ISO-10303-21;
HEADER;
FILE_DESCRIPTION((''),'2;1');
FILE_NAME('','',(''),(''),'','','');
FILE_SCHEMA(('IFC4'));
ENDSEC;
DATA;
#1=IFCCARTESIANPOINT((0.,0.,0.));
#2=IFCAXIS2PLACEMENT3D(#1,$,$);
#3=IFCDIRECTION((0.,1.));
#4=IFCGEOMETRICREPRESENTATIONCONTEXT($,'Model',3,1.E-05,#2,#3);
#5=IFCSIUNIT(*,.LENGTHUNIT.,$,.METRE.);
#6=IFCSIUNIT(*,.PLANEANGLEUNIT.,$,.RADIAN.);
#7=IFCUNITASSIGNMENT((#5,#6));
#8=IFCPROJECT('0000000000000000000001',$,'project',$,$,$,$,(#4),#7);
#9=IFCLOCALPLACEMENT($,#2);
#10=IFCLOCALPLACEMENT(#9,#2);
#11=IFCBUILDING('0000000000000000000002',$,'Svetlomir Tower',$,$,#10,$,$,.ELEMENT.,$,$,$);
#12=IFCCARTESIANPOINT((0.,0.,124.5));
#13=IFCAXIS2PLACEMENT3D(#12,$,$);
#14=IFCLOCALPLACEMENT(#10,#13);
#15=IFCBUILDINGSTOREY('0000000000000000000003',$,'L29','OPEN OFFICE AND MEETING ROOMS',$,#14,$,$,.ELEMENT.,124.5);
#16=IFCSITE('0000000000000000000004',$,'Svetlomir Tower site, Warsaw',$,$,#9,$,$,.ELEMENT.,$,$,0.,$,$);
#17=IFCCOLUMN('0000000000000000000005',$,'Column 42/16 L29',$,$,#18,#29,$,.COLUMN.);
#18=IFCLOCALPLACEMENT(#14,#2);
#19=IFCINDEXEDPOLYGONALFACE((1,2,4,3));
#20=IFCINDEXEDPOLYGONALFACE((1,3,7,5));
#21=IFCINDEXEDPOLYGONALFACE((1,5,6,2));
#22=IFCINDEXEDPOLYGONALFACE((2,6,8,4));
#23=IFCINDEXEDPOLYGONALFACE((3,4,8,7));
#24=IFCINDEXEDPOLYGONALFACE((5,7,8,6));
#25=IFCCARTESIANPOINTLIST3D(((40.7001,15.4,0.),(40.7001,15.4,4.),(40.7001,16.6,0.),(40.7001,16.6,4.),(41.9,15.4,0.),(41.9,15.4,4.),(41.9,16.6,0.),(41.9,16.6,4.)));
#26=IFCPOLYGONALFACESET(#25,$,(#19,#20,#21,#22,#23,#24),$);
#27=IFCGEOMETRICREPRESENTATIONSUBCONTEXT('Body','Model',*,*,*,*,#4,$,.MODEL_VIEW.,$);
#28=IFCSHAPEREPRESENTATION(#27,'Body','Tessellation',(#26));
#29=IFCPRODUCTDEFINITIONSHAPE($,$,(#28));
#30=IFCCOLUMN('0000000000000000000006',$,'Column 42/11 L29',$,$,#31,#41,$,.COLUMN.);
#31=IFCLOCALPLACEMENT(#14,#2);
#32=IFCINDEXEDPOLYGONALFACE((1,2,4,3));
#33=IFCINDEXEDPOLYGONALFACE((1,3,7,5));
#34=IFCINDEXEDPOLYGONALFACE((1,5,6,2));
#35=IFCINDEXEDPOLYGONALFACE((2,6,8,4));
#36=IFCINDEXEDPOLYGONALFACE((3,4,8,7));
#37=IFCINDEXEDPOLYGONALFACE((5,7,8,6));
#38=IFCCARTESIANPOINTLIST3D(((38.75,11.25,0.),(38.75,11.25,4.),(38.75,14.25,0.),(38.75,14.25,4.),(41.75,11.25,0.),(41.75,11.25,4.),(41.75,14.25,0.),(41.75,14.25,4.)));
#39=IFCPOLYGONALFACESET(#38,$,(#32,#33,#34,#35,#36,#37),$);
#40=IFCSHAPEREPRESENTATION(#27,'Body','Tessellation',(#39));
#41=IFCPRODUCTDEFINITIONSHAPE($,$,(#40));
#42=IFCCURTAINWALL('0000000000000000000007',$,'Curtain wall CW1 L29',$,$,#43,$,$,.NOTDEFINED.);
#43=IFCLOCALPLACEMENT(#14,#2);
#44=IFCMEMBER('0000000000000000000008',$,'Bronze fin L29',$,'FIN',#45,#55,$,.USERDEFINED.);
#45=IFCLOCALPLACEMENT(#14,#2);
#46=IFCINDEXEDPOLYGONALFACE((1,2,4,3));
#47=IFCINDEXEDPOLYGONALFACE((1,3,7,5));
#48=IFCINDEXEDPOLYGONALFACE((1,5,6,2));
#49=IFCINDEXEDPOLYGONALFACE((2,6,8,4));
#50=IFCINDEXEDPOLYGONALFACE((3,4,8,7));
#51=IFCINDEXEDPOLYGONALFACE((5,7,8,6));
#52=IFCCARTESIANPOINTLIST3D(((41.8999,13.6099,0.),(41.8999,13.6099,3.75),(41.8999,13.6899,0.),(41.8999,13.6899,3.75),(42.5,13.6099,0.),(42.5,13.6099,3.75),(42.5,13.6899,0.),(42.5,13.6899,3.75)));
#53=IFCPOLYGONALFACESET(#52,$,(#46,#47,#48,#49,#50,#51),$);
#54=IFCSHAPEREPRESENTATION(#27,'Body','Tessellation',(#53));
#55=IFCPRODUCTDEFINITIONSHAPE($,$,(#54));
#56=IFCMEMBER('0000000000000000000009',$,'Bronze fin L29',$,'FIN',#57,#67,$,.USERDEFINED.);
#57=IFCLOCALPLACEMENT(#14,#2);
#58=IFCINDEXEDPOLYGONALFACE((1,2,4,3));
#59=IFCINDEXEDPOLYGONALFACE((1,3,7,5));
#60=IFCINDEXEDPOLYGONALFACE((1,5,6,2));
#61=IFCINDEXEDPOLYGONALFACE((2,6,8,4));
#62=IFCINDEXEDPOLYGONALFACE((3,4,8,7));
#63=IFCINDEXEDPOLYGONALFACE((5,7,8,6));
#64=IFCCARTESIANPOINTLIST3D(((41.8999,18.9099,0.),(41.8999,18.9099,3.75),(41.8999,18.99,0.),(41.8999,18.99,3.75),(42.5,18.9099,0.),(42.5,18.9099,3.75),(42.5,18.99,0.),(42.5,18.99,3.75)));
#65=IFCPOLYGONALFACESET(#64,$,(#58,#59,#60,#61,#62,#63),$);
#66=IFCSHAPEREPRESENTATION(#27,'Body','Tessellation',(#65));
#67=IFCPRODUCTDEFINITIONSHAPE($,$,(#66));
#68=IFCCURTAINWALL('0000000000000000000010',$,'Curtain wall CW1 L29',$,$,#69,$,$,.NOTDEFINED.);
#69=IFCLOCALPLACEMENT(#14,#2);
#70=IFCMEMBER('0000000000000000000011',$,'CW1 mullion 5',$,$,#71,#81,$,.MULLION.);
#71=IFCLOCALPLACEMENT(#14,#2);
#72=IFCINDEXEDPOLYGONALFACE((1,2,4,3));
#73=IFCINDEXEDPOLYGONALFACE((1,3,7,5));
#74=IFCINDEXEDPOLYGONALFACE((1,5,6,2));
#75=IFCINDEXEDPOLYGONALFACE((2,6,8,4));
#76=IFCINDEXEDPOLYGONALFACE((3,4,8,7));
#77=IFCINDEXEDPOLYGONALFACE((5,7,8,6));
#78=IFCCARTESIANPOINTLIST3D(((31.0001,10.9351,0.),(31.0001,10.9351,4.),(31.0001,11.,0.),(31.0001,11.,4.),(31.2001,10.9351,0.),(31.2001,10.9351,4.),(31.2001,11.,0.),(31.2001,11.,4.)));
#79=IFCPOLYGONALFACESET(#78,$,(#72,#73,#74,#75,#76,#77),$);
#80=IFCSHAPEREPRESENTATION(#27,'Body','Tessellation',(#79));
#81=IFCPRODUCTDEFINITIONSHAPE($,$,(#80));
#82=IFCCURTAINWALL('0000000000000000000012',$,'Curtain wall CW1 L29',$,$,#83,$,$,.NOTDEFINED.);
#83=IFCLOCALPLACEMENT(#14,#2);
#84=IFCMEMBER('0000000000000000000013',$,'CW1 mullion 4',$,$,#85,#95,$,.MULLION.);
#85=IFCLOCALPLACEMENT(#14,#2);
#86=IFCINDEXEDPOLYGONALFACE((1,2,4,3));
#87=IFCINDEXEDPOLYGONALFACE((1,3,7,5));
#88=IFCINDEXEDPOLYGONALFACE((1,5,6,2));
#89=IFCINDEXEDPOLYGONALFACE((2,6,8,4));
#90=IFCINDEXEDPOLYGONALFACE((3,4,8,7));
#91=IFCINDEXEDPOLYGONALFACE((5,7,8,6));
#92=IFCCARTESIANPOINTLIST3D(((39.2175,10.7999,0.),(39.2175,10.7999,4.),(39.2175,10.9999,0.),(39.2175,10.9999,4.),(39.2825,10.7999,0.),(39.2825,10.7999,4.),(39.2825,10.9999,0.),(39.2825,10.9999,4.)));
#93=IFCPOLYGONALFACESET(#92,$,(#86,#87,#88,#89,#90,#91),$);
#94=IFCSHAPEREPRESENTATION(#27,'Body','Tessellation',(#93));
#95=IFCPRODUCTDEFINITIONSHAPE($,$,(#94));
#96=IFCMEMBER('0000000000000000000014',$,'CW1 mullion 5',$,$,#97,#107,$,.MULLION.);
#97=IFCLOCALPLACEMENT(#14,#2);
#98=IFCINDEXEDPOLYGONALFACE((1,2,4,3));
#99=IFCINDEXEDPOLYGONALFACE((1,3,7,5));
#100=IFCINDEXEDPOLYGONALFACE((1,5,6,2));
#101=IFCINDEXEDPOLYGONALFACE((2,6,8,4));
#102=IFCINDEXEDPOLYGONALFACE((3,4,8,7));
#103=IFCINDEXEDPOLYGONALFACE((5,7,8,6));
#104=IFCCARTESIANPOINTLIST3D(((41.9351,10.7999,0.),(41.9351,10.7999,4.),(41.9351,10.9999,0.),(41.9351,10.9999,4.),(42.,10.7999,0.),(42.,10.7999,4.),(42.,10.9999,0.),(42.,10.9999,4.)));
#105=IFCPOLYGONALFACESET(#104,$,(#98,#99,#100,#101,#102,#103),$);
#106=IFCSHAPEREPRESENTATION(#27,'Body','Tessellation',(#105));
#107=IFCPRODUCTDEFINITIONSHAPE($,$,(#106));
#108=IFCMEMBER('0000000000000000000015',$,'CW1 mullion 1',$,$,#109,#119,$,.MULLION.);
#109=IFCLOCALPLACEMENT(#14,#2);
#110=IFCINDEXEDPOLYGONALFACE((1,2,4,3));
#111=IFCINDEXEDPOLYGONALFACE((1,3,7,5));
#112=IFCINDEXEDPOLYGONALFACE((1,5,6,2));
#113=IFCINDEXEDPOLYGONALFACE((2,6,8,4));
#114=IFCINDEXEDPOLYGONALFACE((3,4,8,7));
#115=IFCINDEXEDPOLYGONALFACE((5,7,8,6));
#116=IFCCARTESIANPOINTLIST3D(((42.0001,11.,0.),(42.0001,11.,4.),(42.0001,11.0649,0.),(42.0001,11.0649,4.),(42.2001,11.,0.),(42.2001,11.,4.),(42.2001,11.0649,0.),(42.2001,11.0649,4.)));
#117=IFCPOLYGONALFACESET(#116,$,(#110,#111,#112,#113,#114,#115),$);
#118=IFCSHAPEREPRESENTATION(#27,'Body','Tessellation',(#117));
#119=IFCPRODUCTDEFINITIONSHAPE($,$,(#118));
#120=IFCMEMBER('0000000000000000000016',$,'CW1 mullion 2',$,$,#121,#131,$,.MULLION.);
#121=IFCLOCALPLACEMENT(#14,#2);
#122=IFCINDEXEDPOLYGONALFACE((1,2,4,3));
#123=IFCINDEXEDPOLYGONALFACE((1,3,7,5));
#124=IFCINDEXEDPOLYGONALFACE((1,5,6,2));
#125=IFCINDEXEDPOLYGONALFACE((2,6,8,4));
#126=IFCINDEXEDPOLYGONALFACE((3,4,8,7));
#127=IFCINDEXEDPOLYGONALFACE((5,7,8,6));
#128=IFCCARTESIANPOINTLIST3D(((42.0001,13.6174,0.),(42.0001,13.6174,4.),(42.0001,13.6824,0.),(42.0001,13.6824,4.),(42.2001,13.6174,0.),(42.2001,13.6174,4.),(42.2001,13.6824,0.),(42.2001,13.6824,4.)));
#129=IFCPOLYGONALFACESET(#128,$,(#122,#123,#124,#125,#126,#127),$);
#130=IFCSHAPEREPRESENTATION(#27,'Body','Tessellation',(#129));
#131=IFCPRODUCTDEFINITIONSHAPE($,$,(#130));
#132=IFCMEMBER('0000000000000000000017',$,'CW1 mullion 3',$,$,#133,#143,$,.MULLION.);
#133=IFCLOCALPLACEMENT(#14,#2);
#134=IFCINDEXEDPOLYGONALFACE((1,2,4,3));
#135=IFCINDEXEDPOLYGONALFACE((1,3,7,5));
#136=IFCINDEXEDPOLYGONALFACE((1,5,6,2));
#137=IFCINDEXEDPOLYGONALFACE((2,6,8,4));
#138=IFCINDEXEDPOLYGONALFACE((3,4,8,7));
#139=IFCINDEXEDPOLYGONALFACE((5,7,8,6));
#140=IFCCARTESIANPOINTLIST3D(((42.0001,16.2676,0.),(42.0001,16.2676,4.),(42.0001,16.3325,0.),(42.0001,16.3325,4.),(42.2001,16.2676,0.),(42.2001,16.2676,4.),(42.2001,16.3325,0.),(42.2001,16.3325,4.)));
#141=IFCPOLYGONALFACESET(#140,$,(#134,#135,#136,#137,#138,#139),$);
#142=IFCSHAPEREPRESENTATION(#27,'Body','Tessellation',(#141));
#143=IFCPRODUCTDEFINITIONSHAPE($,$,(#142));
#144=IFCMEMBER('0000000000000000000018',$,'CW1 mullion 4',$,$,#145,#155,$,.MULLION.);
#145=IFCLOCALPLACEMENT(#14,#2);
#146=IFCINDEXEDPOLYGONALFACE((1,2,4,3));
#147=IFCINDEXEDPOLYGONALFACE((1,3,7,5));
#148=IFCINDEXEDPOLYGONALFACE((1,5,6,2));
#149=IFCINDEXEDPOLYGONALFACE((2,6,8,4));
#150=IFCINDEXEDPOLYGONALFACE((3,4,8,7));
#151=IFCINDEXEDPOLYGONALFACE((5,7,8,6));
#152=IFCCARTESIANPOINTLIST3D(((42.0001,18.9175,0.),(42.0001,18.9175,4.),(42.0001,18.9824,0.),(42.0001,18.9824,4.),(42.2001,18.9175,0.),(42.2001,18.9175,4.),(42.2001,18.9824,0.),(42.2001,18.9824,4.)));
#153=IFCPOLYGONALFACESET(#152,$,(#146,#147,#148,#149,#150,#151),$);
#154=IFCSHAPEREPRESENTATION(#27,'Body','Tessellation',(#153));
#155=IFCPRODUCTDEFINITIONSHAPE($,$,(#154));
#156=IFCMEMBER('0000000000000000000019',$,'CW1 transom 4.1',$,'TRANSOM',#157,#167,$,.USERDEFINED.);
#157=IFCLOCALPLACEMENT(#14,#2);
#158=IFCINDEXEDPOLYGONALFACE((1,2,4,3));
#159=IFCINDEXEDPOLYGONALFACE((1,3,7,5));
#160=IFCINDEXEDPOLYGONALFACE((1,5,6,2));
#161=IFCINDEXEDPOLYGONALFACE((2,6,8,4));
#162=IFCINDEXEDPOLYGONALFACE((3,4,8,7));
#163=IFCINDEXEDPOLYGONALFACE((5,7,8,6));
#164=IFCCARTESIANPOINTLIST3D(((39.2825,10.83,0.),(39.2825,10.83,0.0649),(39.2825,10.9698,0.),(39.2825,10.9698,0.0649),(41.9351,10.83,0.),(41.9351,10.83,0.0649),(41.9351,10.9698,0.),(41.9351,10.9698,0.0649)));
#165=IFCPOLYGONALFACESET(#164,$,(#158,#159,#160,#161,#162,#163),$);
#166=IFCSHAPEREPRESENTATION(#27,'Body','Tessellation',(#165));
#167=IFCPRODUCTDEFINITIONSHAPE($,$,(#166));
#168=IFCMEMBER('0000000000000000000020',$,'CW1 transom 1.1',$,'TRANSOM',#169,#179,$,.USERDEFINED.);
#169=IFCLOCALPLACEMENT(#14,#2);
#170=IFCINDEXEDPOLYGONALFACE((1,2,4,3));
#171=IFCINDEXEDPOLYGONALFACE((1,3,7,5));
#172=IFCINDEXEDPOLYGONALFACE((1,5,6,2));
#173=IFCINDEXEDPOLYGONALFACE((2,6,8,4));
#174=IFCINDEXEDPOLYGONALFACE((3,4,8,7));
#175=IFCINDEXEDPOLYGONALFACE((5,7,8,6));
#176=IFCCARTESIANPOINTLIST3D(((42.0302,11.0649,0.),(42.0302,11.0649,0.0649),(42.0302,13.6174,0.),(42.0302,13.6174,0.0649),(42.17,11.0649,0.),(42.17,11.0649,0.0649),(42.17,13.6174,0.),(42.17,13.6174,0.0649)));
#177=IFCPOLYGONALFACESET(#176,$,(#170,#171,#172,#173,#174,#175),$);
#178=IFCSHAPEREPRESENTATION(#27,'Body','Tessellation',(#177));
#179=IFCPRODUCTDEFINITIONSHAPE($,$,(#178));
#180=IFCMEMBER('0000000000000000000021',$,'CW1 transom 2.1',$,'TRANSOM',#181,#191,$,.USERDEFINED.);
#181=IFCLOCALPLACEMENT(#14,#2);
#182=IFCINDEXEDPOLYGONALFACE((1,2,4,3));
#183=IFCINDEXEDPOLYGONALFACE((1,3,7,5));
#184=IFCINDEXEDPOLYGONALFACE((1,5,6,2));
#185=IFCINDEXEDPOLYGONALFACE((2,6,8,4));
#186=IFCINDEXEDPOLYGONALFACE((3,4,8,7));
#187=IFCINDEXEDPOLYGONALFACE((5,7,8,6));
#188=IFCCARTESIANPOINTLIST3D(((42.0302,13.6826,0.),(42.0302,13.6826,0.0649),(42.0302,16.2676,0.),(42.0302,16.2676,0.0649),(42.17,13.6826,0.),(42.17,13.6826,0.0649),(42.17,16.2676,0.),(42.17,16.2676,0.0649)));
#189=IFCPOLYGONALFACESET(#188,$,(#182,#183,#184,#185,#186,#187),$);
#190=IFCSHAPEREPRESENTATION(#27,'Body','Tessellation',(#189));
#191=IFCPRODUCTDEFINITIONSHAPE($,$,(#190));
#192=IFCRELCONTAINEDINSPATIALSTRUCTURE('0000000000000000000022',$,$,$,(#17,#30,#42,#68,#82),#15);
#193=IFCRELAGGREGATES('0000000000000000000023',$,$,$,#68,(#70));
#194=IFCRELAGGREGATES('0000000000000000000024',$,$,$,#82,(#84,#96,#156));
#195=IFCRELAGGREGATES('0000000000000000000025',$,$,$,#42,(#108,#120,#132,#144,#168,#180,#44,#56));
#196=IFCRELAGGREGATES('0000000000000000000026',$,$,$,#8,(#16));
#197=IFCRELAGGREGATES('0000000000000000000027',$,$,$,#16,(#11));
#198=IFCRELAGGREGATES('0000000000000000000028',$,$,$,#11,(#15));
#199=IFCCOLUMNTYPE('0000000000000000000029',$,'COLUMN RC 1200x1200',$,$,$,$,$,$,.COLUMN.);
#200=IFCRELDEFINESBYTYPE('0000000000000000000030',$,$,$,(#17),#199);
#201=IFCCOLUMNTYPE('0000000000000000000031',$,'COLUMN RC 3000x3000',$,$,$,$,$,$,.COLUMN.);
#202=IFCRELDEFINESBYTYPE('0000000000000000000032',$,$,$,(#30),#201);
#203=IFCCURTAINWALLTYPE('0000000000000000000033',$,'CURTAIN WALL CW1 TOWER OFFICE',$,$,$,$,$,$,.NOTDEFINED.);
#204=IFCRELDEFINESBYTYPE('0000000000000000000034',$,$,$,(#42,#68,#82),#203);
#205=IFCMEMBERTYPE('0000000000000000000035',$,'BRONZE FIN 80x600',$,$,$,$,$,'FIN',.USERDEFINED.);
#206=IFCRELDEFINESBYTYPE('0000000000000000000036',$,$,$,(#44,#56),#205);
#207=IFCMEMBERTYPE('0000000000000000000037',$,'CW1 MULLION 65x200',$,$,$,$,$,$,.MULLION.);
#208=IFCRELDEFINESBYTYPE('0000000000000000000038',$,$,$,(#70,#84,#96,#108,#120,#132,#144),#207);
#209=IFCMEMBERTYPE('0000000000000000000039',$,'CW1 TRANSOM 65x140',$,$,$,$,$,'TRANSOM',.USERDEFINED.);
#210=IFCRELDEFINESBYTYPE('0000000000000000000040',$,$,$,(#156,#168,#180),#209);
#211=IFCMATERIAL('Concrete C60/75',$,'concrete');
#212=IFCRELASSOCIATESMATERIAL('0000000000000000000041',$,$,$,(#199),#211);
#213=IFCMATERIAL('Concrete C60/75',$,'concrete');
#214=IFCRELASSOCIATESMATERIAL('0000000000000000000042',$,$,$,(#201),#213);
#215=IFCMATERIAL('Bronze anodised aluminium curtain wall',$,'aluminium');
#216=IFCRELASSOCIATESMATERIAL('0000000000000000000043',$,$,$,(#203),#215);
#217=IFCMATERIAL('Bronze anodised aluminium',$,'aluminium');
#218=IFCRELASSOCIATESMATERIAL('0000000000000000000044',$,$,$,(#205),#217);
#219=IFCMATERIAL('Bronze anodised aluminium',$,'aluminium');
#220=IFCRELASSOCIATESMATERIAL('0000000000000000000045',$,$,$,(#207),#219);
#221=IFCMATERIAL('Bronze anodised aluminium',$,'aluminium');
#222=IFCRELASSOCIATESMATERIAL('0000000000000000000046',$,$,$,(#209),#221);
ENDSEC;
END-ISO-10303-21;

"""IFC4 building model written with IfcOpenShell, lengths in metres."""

from ifc_helpers import new_model, si_unit, direction, frame, origin, origin_2d, place, context, subcontext, project, spatial, rectangle, extrude, material, material_profile, profile_set, type_object, element, aggregate, save


model = new_model("IFC4")

# Units and contexts
model_context = context("Model", 3, precision=1e-05, world=origin(), true_north=direction((0.0, 1.0)))
body_context = subcontext(model_context, "Body", "Model", "MODEL_VIEW")
ifc_project = project(units=[si_unit("LENGTHUNIT", "METRE"), si_unit("PLANEANGLEUNIT", "RADIAN")], contexts=[model_context])

# Site, building, storey
site_placement = place(None, origin())
site = spatial("IfcSite", under=ifc_project, at=site_placement, Name="Svetlomir Tower site, Warsaw", CompositionType="ELEMENT", RefElevation=0.0)
building_placement = place(site_placement, origin())
building = spatial("IfcBuilding", under=site, at=building_placement, Name="Svetlomir Tower", CompositionType="ELEMENT")
storey_placement = place(building_placement, frame((0.0, 0.0, 124.5)))
storey = spatial("IfcBuildingStorey", under=building, at=storey_placement, Name="L29", Description="OPEN OFFICE AND MEETING ROOMS", CompositionType="ELEMENT", Elevation=124.5)

# Columns
ifc_material_1 = material(Name="Concrete C60/75", Category="concrete")
ifc_material_profile_1 = material_profile(ifc_material_1, rectangle(XDim=1.2, YDim=1.2, at=origin_2d()), Name="RC 1200x1200")
ifc_profile_set_1 = profile_set([ifc_material_profile_1], Name="Concrete C60/75")
column_type_1 = type_object("IfcColumnType", Name="COLUMN RC 1200x1200", PredefinedType="COLUMN", material=ifc_profile_set_1)
column_1_placement = place(storey_placement, frame((41.3, 16.0, 0.0), z_axis=(0.0, 0.0, 1.0), x_axis=(1.0, 0.0, 0.0)))
element("IfcColumn", 1, at=column_1_placement, inside=storey, type_object=column_type_1, Name="Column 42/16 L29", PredefinedType="COLUMN", context=body_context, shape_type="SweptSolid", body=[
    extrude(rectangle(XDim=1.2, YDim=1.2, at=origin_2d()), origin(), (0.0, 0.0, 1.0), 4.0),
])
ifc_material_2 = material(Name="Concrete C60/75", Category="concrete")
ifc_material_profile_2 = material_profile(ifc_material_2, rectangle(XDim=3.0, YDim=3.0, at=origin_2d()), Name="RC 3000x3000")
ifc_profile_set_2 = profile_set([ifc_material_profile_2], Name="Concrete C60/75")
column_type_2 = type_object("IfcColumnType", Name="COLUMN RC 3000x3000", PredefinedType="COLUMN", material=ifc_profile_set_2)
column_2_placement = place(storey_placement, frame((40.25, 12.75, 0.0), z_axis=(0.0, 0.0, 1.0), x_axis=(1.0, 0.0, 0.0)))
element("IfcColumn", 2, at=column_2_placement, inside=storey, type_object=column_type_2, Name="Column 42/11 L29", PredefinedType="COLUMN", context=body_context, shape_type="SweptSolid", body=[
    extrude(rectangle(XDim=3.0, YDim=3.0, at=origin_2d()), origin(), (0.0, 0.0, 1.0), 4.0),
])

# Curtain wall, members
ifc_material_3 = material(Name="Bronze anodised aluminium curtain wall", Category="aluminium")
curtain_wall_type = type_object("IfcCurtainWallType", Name="CURTAIN WALL CW1 TOWER OFFICE", PredefinedType="NOTDEFINED", material=ifc_material_3)
curtain_wall_1_placement = place(storey_placement, origin())
curtain_wall_1 = element("IfcCurtainWall", 3, at=curtain_wall_1_placement, inside=storey, type_object=curtain_wall_type, Name="Curtain wall CW1 L29", PredefinedType="NOTDEFINED")
ifc_material_4 = material(Name="Bronze anodised aluminium", Category="aluminium")
ifc_material_profile_3 = material_profile(ifc_material_4, rectangle(XDim=0.0801, YDim=0.6001, at=origin_2d()), Name="FIN 80x600")
ifc_profile_set_3 = profile_set([ifc_material_profile_3], Name="Bronze anodised aluminium 6063-T6")
member_type_1 = type_object("IfcMemberType", Name="BRONZE FIN 80x600", ElementType="FIN", PredefinedType="USERDEFINED", material=ifc_profile_set_3)
member_1_placement = place(storey_placement, frame((42.2, 13.6499, 0.0), z_axis=(0.0, 0.0, 1.0), x_axis=(0.0, 1.0, 0.0)))
member_1 = element("IfcMember", 4, at=member_1_placement, type_object=member_type_1, Name="Bronze fin L29", ObjectType="FIN", PredefinedType="USERDEFINED", context=body_context, shape_type="SweptSolid", body=[
    extrude(rectangle(XDim=0.0801, YDim=0.6001, at=origin_2d()), origin(), (0.0, 0.0, 1.0), 3.75),
])
member_2_placement = place(storey_placement, frame((42.2, 18.95, 0.0), z_axis=(0.0, 0.0, 1.0), x_axis=(0.0, 1.0, 0.0)))
member_2 = element("IfcMember", 5, at=member_2_placement, type_object=member_type_1, Name="Bronze fin L29", ObjectType="FIN", PredefinedType="USERDEFINED", context=body_context, shape_type="SweptSolid", body=[
    extrude(rectangle(XDim=0.0801, YDim=0.6001, at=origin_2d()), origin(), (0.0, 0.0, 1.0), 3.75),
])

# Curtain wall, member
curtain_wall_2_placement = place(storey_placement, origin())
curtain_wall_2 = element("IfcCurtainWall", 6, at=curtain_wall_2_placement, inside=storey, type_object=curtain_wall_type, Name="Curtain wall CW1 L29", PredefinedType="NOTDEFINED")
ifc_material_5 = material(Name="Bronze anodised aluminium", Category="aluminium")
ifc_material_profile_4 = material_profile(ifc_material_5, rectangle(XDim=0.0649, YDim=0.2, at=origin_2d()), Name="AL 65x200")
ifc_profile_set_4 = profile_set([ifc_material_profile_4], Name="Bronze anodised aluminium 6063-T6")
member_type_2 = type_object("IfcMemberType", Name="CW1 MULLION 65x200", PredefinedType="MULLION", material=ifc_profile_set_4)
member_3_placement = place(storey_placement, frame((31.1001, 10.9675, 0.0), z_axis=(0.0, 0.0, 1.0), x_axis=(0.0, 1.0, 0.0)))
member_3 = element("IfcMember", 7, at=member_3_placement, type_object=member_type_2, Name="CW1 mullion 5", PredefinedType="MULLION", context=body_context, shape_type="SweptSolid", body=[
    extrude(rectangle(XDim=0.0649, YDim=0.2, at=origin_2d()), origin(), (0.0, 0.0, 1.0), 4.0),
])
aggregate(curtain_wall_2, [member_3])

# Curtain wall, members
curtain_wall_3_placement = place(storey_placement, origin())
curtain_wall_3 = element("IfcCurtainWall", 8, at=curtain_wall_3_placement, inside=storey, type_object=curtain_wall_type, Name="Curtain wall CW1 L29", PredefinedType="NOTDEFINED")
member_4_placement = place(storey_placement, frame((39.25, 10.8999, 0.0), z_axis=(0.0, 0.0, 1.0), x_axis=(1.0, 0.0, 0.0)))
member_4 = element("IfcMember", 9, at=member_4_placement, type_object=member_type_2, Name="CW1 mullion 4", PredefinedType="MULLION", context=body_context, shape_type="SweptSolid", body=[
    extrude(rectangle(XDim=0.0649, YDim=0.2, at=origin_2d()), origin(), (0.0, 0.0, 1.0), 4.0),
])
member_5_placement = place(storey_placement, frame((41.9675, 10.8999, 0.0), z_axis=(0.0, 0.0, 1.0), x_axis=(1.0, 0.0, 0.0)))
member_5 = element("IfcMember", 10, at=member_5_placement, type_object=member_type_2, Name="CW1 mullion 5", PredefinedType="MULLION", context=body_context, shape_type="SweptSolid", body=[
    extrude(rectangle(XDim=0.0649, YDim=0.2, at=origin_2d()), origin(), (0.0, 0.0, 1.0), 4.0),
])

# Members
member_6_placement = place(storey_placement, frame((42.1001, 11.0325, 0.0), z_axis=(0.0, 0.0, 1.0), x_axis=(0.0, 1.0, 0.0)))
member_6 = element("IfcMember", 11, at=member_6_placement, type_object=member_type_2, Name="CW1 mullion 1", PredefinedType="MULLION", context=body_context, shape_type="SweptSolid", body=[
    extrude(rectangle(XDim=0.0649, YDim=0.2, at=origin_2d()), origin(), (0.0, 0.0, 1.0), 4.0),
])
member_7_placement = place(storey_placement, frame((42.1001, 13.6499, 0.0), z_axis=(0.0, 0.0, 1.0), x_axis=(0.0, 1.0, 0.0)))
member_7 = element("IfcMember", 12, at=member_7_placement, type_object=member_type_2, Name="CW1 mullion 2", PredefinedType="MULLION", context=body_context, shape_type="SweptSolid", body=[
    extrude(rectangle(XDim=0.0649, YDim=0.2, at=origin_2d()), origin(), (0.0, 0.0, 1.0), 4.0),
])
member_8_placement = place(storey_placement, frame((42.1001, 16.3, 0.0), z_axis=(0.0, 0.0, 1.0), x_axis=(0.0, 1.0, 0.0)))
member_8 = element("IfcMember", 13, at=member_8_placement, type_object=member_type_2, Name="CW1 mullion 3", PredefinedType="MULLION", context=body_context, shape_type="SweptSolid", body=[
    extrude(rectangle(XDim=0.0649, YDim=0.2, at=origin_2d()), origin(), (0.0, 0.0, 1.0), 4.0),
])
member_9_placement = place(storey_placement, frame((42.1001, 18.95, 0.0), z_axis=(0.0, 0.0, 1.0), x_axis=(0.0, 1.0, 0.0)))
member_9 = element("IfcMember", 14, at=member_9_placement, type_object=member_type_2, Name="CW1 mullion 4", PredefinedType="MULLION", context=body_context, shape_type="SweptSolid", body=[
    extrude(rectangle(XDim=0.0649, YDim=0.2, at=origin_2d()), origin(), (0.0, 0.0, 1.0), 4.0),
])
ifc_material_6 = material(Name="Bronze anodised aluminium", Category="aluminium")
ifc_material_profile_5 = material_profile(ifc_material_6, rectangle(XDim=0.1399, YDim=0.0649, at=origin_2d()), Name="AL 140x65")
ifc_profile_set_5 = profile_set([ifc_material_profile_5], Name="Bronze anodised aluminium 6063-T6")
member_type_3 = type_object("IfcMemberType", Name="CW1 TRANSOM 65x140", ElementType="TRANSOM", PredefinedType="USERDEFINED", material=ifc_profile_set_5)
member_10_placement = place(storey_placement, frame((39.2825, 10.8999, 0.0325), z_axis=(1.0, 0.0, 0.0), x_axis=(0.0, 1.0, 0.0)))
member_10 = element("IfcMember", 15, at=member_10_placement, type_object=member_type_3, Name="CW1 transom 4.1", ObjectType="TRANSOM", PredefinedType="USERDEFINED", context=body_context, shape_type="SweptSolid", body=[
    extrude(rectangle(XDim=0.1399, YDim=0.0649, at=origin_2d()), origin(), (0.0, 0.0, 1.0), 2.6526),
])
member_11_placement = place(storey_placement, frame((42.1001, 11.0649, 0.0325), z_axis=(0.0, 1.0, 0.0), x_axis=(-1.0, 0.0, 0.0)))
member_11 = element("IfcMember", 16, at=member_11_placement, type_object=member_type_3, Name="CW1 transom 1.1", ObjectType="TRANSOM", PredefinedType="USERDEFINED", context=body_context, shape_type="SweptSolid", body=[
    extrude(rectangle(XDim=0.1399, YDim=0.0649, at=origin_2d()), origin(), (0.0, 0.0, 1.0), 2.5525),
])
member_12_placement = place(storey_placement, frame((42.1001, 13.6826, 0.0325), z_axis=(0.0, 1.0, 0.0), x_axis=(-1.0, 0.0, 0.0)))
member_12 = element("IfcMember", 17, at=member_12_placement, type_object=member_type_3, Name="CW1 transom 2.1", ObjectType="TRANSOM", PredefinedType="USERDEFINED", context=body_context, shape_type="SweptSolid", body=[
    extrude(rectangle(XDim=0.1399, YDim=0.0649, at=origin_2d()), origin(), (0.0, 0.0, 1.0), 2.585),
])

aggregate(curtain_wall_3, [member_4, member_5, member_10])
aggregate(curtain_wall_1, [member_6, member_7, member_8, member_9, member_11, member_12, member_1, member_2])

save(model, "model.ifc")
